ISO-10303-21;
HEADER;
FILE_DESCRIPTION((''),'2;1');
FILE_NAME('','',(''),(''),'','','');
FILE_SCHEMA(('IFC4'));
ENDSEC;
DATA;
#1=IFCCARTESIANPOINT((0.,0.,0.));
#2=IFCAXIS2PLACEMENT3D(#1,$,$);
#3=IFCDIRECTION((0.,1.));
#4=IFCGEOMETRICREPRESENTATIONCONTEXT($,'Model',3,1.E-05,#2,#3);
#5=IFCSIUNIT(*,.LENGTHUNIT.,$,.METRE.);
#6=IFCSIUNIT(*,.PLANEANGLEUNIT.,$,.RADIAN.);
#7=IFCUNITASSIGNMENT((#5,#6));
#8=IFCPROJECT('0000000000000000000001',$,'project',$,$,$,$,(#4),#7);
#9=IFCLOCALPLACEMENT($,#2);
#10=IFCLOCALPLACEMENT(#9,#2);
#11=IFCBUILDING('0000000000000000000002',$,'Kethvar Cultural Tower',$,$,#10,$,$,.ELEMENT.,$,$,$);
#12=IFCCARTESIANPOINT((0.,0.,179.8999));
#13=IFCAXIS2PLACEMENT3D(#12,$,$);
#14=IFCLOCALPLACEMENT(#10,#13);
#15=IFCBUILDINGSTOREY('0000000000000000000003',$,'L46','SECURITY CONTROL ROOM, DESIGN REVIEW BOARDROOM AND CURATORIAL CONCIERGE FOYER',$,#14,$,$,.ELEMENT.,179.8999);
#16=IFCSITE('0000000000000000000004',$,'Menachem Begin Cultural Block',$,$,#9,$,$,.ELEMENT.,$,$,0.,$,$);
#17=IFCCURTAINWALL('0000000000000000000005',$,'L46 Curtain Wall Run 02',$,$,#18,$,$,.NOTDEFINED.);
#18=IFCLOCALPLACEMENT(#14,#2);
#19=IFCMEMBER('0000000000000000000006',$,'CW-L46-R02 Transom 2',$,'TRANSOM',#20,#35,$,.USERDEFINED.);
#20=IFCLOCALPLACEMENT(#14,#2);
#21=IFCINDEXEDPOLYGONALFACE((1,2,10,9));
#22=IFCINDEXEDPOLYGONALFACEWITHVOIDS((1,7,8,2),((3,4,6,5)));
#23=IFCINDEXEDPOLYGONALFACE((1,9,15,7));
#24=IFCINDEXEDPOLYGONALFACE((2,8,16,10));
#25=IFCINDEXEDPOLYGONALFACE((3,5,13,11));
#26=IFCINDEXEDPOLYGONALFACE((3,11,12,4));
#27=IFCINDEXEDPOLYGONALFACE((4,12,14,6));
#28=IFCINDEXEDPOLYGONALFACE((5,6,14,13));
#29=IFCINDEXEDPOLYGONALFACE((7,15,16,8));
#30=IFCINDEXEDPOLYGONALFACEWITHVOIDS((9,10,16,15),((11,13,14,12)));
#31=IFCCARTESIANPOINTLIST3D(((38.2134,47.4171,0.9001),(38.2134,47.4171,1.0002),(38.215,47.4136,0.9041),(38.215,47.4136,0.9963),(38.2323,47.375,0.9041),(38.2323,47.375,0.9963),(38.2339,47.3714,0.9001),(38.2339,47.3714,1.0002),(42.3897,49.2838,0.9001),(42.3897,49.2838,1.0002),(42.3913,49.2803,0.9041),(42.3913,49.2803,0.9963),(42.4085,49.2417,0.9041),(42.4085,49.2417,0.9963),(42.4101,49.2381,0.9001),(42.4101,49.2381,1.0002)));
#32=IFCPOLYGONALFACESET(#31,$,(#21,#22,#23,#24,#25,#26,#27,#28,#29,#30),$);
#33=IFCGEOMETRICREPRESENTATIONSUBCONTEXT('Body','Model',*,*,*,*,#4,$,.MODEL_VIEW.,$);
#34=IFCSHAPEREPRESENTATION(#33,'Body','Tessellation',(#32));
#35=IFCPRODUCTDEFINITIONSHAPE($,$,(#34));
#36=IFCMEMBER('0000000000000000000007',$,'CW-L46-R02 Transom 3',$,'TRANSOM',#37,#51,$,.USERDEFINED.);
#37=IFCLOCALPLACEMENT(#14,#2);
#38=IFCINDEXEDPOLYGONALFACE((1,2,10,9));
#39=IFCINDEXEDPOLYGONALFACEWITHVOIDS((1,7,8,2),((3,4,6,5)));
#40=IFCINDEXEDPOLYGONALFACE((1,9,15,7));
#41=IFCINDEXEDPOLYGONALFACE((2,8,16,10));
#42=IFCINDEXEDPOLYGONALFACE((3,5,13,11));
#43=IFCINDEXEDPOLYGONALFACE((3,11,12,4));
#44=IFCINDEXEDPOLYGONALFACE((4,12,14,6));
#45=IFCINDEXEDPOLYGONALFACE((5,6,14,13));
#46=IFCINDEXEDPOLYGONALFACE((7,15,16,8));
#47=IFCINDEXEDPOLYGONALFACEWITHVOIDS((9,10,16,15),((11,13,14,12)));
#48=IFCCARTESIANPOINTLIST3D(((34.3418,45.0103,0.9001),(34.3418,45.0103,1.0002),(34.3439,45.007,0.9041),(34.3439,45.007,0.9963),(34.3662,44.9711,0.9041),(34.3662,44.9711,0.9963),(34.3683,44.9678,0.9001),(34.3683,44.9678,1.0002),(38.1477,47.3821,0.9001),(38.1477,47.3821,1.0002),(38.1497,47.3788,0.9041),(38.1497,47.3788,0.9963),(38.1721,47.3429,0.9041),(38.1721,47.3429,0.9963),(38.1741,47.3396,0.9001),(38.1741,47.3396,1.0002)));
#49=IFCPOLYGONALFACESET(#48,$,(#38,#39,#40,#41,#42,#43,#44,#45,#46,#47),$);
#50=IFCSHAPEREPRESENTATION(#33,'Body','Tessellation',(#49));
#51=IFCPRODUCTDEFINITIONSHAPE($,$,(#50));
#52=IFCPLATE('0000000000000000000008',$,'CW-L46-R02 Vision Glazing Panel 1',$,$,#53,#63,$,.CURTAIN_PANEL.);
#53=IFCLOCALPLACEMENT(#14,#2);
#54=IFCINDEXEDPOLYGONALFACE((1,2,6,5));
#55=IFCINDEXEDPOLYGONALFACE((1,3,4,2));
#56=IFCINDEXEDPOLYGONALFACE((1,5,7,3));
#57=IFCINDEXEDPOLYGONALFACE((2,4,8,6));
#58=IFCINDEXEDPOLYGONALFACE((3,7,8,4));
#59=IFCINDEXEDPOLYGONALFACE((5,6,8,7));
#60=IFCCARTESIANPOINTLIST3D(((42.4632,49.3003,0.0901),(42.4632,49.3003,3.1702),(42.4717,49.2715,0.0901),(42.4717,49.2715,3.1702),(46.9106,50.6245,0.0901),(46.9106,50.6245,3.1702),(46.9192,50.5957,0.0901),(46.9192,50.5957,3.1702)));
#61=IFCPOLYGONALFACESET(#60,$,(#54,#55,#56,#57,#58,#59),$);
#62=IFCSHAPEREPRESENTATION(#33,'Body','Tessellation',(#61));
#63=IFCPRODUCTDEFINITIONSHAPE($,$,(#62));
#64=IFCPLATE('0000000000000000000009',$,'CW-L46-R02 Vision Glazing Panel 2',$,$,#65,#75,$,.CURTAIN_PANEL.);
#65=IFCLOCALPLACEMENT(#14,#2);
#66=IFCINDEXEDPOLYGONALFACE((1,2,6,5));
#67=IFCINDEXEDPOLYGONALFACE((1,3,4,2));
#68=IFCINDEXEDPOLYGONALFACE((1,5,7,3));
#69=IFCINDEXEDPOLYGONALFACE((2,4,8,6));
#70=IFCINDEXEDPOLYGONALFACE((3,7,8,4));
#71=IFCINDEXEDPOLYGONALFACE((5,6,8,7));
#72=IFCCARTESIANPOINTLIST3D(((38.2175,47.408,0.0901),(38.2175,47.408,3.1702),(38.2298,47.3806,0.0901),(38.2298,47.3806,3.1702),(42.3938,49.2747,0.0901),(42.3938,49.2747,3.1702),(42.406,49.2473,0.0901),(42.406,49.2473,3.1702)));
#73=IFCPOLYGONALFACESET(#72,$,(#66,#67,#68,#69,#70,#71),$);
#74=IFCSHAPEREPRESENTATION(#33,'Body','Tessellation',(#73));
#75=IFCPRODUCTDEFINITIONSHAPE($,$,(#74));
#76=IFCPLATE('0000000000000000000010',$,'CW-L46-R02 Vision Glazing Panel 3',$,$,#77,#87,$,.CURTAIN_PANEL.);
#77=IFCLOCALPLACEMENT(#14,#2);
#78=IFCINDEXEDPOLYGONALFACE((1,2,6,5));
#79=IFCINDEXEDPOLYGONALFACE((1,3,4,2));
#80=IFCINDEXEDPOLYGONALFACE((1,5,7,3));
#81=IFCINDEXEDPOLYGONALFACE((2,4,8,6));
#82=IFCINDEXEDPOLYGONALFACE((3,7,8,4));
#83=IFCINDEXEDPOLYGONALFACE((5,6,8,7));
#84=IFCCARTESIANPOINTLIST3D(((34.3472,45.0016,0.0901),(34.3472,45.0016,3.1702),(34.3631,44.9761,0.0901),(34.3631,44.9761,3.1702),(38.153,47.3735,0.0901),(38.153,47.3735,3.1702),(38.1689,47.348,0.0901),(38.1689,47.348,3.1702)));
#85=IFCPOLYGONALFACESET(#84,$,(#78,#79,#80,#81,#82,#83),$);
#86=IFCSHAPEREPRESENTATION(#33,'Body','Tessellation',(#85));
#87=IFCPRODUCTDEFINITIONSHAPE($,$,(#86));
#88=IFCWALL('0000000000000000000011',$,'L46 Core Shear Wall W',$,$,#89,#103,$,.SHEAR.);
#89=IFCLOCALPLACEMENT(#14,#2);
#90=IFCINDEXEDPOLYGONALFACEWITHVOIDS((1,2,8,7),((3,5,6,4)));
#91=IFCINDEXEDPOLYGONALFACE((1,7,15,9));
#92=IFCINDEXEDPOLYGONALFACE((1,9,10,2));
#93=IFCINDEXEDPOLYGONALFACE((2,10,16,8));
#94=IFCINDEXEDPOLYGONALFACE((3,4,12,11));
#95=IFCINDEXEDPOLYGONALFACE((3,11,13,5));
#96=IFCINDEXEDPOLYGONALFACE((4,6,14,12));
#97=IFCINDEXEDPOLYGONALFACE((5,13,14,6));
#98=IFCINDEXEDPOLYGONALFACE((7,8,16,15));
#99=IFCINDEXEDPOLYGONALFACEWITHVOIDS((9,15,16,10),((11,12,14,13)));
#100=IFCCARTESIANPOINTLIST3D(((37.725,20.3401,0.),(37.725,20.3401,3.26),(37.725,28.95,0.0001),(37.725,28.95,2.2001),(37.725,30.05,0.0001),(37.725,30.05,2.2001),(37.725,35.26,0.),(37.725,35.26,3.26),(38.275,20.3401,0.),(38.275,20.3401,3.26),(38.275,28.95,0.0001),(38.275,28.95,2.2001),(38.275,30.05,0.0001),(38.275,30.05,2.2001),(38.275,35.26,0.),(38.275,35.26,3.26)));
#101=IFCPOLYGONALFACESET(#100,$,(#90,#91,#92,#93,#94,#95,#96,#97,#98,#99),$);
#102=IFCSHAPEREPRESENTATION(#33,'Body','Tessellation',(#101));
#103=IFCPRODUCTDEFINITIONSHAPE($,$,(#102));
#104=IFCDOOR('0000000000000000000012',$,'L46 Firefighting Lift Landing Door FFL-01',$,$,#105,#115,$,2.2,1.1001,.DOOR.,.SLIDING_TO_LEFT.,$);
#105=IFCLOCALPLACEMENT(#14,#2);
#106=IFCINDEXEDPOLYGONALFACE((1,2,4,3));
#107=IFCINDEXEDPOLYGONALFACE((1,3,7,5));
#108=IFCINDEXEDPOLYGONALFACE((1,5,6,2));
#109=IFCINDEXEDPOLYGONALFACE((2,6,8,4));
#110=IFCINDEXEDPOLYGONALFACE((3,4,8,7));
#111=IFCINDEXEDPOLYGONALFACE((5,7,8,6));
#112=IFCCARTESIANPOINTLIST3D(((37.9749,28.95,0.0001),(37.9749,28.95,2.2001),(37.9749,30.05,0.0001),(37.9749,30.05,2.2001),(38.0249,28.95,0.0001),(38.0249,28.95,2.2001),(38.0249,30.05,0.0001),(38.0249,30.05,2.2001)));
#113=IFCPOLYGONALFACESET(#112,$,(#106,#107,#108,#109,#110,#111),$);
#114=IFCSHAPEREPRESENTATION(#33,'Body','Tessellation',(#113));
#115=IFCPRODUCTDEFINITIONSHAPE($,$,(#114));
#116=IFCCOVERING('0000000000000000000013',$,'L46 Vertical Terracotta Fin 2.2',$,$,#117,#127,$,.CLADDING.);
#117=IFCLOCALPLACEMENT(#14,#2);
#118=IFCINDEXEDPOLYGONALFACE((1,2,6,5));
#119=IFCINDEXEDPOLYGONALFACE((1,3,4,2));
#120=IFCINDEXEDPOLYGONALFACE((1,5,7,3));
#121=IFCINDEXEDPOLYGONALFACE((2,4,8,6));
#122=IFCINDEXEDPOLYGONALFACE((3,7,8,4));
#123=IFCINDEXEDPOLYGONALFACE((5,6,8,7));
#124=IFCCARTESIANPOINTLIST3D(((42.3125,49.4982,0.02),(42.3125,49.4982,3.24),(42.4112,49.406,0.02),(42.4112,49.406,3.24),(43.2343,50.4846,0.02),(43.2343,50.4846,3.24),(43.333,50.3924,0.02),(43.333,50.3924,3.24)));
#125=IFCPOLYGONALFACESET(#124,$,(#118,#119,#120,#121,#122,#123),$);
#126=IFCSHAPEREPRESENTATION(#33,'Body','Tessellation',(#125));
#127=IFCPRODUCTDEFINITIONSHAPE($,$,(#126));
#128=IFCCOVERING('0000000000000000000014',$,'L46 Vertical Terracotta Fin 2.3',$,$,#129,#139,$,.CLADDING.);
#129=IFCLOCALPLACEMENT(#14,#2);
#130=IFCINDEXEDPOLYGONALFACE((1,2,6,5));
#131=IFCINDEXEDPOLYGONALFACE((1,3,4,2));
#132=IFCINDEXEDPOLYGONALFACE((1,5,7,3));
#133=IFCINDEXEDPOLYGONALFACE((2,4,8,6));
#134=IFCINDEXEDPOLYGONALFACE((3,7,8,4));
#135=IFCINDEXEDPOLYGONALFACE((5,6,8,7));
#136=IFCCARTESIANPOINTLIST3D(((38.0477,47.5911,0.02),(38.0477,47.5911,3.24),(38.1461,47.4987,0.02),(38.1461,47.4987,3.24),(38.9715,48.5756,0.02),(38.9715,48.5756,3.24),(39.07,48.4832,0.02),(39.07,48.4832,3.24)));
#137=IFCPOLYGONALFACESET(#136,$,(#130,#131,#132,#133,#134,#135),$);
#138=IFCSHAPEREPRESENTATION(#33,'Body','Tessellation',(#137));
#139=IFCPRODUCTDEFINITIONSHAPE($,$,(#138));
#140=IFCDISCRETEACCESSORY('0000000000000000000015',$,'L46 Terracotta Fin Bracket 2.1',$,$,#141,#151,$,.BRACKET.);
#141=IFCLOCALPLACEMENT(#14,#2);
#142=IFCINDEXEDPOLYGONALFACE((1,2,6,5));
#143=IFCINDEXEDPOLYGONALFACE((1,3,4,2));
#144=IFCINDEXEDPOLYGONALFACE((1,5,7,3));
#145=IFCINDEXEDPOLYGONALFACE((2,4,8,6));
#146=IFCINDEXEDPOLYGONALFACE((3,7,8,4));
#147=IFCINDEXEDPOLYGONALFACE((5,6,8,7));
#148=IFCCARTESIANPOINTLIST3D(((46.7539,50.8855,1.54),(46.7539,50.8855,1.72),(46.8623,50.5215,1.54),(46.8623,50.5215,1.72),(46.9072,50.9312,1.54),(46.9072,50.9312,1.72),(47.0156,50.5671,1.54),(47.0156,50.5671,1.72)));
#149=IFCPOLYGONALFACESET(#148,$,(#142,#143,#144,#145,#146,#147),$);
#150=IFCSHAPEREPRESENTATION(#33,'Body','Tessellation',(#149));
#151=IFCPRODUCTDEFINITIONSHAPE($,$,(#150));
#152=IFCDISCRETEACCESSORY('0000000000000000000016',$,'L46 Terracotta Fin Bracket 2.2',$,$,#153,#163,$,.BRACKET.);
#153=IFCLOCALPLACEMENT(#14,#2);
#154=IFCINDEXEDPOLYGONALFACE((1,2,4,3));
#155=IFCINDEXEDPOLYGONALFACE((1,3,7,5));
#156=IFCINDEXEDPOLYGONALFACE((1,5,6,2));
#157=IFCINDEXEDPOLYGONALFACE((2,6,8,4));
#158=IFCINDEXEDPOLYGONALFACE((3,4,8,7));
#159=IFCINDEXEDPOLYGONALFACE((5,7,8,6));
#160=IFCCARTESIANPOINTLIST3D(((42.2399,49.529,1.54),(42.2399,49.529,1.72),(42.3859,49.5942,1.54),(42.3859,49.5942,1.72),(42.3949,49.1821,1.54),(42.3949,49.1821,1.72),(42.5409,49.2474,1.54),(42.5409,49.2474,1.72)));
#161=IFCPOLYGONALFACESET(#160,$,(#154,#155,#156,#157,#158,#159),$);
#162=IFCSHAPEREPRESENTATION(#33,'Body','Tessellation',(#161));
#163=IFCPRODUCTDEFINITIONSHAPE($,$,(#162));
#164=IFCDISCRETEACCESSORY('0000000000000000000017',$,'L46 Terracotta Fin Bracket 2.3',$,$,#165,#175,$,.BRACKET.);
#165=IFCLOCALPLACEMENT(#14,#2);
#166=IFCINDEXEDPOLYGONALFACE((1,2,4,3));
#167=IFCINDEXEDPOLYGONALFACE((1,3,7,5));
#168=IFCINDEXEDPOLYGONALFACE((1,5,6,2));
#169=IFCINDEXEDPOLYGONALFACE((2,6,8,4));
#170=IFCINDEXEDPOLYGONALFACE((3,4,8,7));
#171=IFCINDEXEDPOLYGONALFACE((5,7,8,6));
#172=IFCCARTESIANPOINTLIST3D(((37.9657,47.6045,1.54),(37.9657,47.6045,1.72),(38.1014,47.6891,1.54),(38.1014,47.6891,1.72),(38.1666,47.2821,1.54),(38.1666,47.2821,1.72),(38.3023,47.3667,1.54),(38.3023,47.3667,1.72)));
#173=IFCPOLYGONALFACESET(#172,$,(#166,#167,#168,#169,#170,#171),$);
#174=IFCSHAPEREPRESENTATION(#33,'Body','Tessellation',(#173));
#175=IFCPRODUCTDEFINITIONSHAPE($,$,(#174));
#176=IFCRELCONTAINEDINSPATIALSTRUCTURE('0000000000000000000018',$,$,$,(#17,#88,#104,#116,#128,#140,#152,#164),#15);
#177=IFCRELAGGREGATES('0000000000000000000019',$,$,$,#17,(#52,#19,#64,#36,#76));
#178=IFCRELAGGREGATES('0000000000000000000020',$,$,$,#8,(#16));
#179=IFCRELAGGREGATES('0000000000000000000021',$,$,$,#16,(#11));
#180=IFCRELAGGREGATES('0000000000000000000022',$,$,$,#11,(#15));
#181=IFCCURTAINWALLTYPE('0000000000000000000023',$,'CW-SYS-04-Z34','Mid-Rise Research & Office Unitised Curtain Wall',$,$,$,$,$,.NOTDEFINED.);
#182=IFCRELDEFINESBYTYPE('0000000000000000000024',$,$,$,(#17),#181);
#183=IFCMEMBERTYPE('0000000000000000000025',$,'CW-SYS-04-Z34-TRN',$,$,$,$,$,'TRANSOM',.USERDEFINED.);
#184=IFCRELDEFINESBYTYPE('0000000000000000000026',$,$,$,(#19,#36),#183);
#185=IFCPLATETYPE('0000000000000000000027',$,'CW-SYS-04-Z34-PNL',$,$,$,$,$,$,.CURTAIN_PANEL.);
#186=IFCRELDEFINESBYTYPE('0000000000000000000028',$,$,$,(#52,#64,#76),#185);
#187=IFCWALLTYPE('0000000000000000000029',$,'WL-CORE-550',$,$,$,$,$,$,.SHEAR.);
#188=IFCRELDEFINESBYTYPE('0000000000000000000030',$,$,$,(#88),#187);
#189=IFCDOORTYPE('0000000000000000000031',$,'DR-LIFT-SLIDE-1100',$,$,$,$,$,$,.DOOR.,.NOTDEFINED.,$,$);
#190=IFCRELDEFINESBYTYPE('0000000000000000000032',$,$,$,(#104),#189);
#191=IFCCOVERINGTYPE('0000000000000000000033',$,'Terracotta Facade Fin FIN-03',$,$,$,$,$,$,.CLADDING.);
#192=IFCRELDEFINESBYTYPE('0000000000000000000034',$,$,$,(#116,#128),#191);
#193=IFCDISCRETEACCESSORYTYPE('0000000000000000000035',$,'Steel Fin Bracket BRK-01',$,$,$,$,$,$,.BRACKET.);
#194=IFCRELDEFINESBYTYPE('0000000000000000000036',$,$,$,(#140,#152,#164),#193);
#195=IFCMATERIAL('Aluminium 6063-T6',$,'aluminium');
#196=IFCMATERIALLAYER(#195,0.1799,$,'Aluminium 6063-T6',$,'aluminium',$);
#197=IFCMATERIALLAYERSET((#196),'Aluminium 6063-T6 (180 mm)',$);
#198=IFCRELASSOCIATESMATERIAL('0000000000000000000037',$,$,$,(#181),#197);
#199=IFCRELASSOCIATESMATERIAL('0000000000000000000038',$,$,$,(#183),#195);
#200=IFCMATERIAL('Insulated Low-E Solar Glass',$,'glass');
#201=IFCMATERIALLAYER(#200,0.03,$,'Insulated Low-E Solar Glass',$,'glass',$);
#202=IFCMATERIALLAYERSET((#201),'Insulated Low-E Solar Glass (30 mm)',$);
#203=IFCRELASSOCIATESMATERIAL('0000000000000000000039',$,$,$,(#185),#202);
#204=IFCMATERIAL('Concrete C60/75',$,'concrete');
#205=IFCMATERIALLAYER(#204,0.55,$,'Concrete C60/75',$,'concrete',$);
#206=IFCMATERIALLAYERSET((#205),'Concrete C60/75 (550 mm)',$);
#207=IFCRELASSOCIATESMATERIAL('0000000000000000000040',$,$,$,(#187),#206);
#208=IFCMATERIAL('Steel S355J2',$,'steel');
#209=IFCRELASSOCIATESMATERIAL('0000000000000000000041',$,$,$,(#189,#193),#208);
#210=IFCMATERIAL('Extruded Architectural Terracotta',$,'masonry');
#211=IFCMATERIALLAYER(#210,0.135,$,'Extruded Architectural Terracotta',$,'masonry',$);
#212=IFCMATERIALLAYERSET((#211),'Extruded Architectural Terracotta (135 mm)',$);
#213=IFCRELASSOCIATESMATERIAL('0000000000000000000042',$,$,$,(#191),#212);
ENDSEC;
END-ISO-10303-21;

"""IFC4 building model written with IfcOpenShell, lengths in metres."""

from ifc_helpers import new_model, si_unit, direction, frame, frame_2d, origin, origin_2d, place, context, subcontext, project, spatial, rectangle, hollow_rectangle, extrude, source, transform, mapped, material, layer, layer_set, material_profile, profile_set, type_object, element, fill, aggregate, save


model = new_model("IFC4")

# Units and contexts
model_context = context("Model", 3, precision=1e-05, world=origin(), true_north=direction((0.0, 1.0)))
body_context = subcontext(model_context, "Body", "Model", "MODEL_VIEW")
ifc_project = project(units=[si_unit("LENGTHUNIT", "METRE"), si_unit("PLANEANGLEUNIT", "RADIAN")], contexts=[model_context])

# Site, building, storey
site_placement = place(None, origin())
site = spatial("IfcSite", under=ifc_project, at=site_placement, Name="Menachem Begin Cultural Block", CompositionType="ELEMENT", RefElevation=0.0)
building_placement = place(site_placement, origin())
building = spatial("IfcBuilding", under=site, at=building_placement, Name="Kethvar Cultural Tower", CompositionType="ELEMENT")
storey_placement = place(building_placement, frame((0.0, 0.0, 179.8999)))
storey = spatial("IfcBuildingStorey", under=building, at=storey_placement, Name="L46", Description="SECURITY CONTROL ROOM, DESIGN REVIEW BOARDROOM AND CURATORIAL CONCIERGE FOYER", CompositionType="ELEMENT", Elevation=179.8999)

# Shared definitions
ifc_material_1 = material(Name="Steel S355J2", Category="steel")

# Curtain wall, members, plates
ifc_material_2 = material(Name="Aluminium 6063-T6", Category="aluminium")
ifc_layer_1 = layer(ifc_material_2, 0.1799, Name="Aluminium 6063-T6", Category="aluminium")
ifc_layer_set_1 = layer_set([ifc_layer_1], Name="Aluminium 6063-T6 (180 mm)")
curtain_wall_type = type_object("IfcCurtainWallType", Name="CW-SYS-04-Z34", Description="Mid-Rise Research & Office Unitised Curtain Wall", PredefinedType="NOTDEFINED", material=ifc_layer_set_1)
curtain_wall_placement = place(storey_placement, origin())
curtain_wall = element("IfcCurtainWall", 1, at=curtain_wall_placement, inside=storey, type_object=curtain_wall_type, Name="L46 Curtain Wall Run 02", PredefinedType="NOTDEFINED")
ifc_material_profile_1 = material_profile(ifc_material_2, hollow_rectangle(XDim=0.05, YDim=0.1001, WallThickness=0.0039, at=origin_2d()), Name="Aluminium 6063-T6 — RHS100x50x4")
ifc_profile_set_1 = profile_set([ifc_material_profile_1], Name="Aluminium 6063-T6 — RHS100x50x4")
member_type_1 = type_object("IfcMemberType", Name="CW-SYS-04-Z34-TRN", ElementType="TRANSOM", PredefinedType="USERDEFINED", material=ifc_profile_set_1)
shared_shape_1 = source(origin(), body_context, "Body", "SweptSolid", [
    extrude(hollow_rectangle(XDim=0.05, YDim=0.1001, WallThickness=0.0039, at=origin_2d()), origin(), (0.0, 0.0, 1.0), 4.5745),
])
member_1_placement = place(storey_placement, frame((42.3999, 49.261, 0.9502), z_axis=(-0.912951, -0.408069, 0.0), x_axis=(0.408069, -0.912951, 0.0)))
member_1 = element("IfcMember", 2, at=member_1_placement, type_object=member_type_1, Name="CW-L46-R02 Transom 2", ObjectType="TRANSOM", PredefinedType="USERDEFINED", context=body_context, shape_type="MappedRepresentation", body=[
    mapped(shared_shape_1, transform((0.0, 0.0, 0.0), scale=1.0)),
])
shared_shape_2 = source(origin(), body_context, "Body", "SweptSolid", [
    extrude(hollow_rectangle(XDim=0.05, YDim=0.1001, WallThickness=0.0039, at=origin_2d()), origin(), (0.0, 0.0, 1.0), 4.4844),
])
member_2_placement = place(storey_placement, frame((38.1609, 47.3608, 0.9502), z_axis=(-0.848686, -0.528897, 0.0), x_axis=(0.528897, -0.848686, 0.0)))
member_2 = element("IfcMember", 3, at=member_2_placement, type_object=member_type_1, Name="CW-L46-R02 Transom 3", ObjectType="TRANSOM", PredefinedType="USERDEFINED", context=body_context, shape_type="MappedRepresentation", body=[
    mapped(shared_shape_2, transform((0.0, 0.0, 0.0), scale=1.0)),
])
ifc_material_3 = material(Name="Insulated Low-E Solar Glass", Category="glass")
ifc_layer_2 = layer(ifc_material_3, 0.03, Name="Insulated Low-E Solar Glass", Category="glass")
ifc_layer_set_2 = layer_set([ifc_layer_2], Name="Insulated Low-E Solar Glass (30 mm)")
plate_type = type_object("IfcPlateType", Name="CW-SYS-04-Z34-PNL", PredefinedType="CURTAIN_PANEL", material=ifc_layer_set_2)
shared_shape_3 = source(origin(), body_context, "Body", "SweptSolid", [
    extrude(rectangle(XDim=4.6404, YDim=0.03, at=origin_2d()), origin(), (0.0, 0.0, 1.0), 3.0801),
])
plate_1_placement = place(storey_placement, frame((44.6912, 49.948, 0.0901), z_axis=(0.0, 0.0, 1.0), x_axis=(-0.958417, -0.285371, 0.0)))
plate_1 = element("IfcPlate", 4, at=plate_1_placement, type_object=plate_type, Name="CW-L46-R02 Vision Glazing Panel 1", PredefinedType="CURTAIN_PANEL", context=body_context, shape_type="MappedRepresentation", body=[
    mapped(shared_shape_3, transform((0.0, 0.0, 0.0), scale=1.0)),
])
shared_shape_4 = source(origin(), body_context, "Body", "SweptSolid", [
    extrude(rectangle(XDim=4.5745, YDim=0.03, at=origin_2d()), origin(), (0.0, 0.0, 1.0), 3.0801),
])
plate_2_placement = place(storey_placement, frame((40.3118, 48.3276, 0.0901), z_axis=(0.0, 0.0, 1.0), x_axis=(-0.912955, -0.40806, 0.0)))
plate_2 = element("IfcPlate", 5, at=plate_2_placement, type_object=plate_type, Name="CW-L46-R02 Vision Glazing Panel 2", PredefinedType="CURTAIN_PANEL", context=body_context, shape_type="MappedRepresentation", body=[
    mapped(shared_shape_4, transform((0.0, 0.0, 0.0), scale=1.0)),
])
shared_shape_5 = source(origin(), body_context, "Body", "SweptSolid", [
    extrude(rectangle(XDim=4.4844, YDim=0.03, at=origin_2d()), origin(), (0.0, 0.0, 1.0), 3.0801),
])
plate_3_placement = place(storey_placement, frame((36.2581, 46.1748, 0.0901), z_axis=(0.0, 0.0, 1.0), x_axis=(-0.848667, -0.528927, 0.0)))
plate_3 = element("IfcPlate", 6, at=plate_3_placement, type_object=plate_type, Name="CW-L46-R02 Vision Glazing Panel 3", PredefinedType="CURTAIN_PANEL", context=body_context, shape_type="MappedRepresentation", body=[
    mapped(shared_shape_5, transform((0.0, 0.0, 0.0), scale=1.0)),
])
aggregate(curtain_wall, [plate_1, member_1, plate_2, member_2, plate_3])

# Wall, opening, door
ifc_material_4 = material(Name="Concrete C60/75", Category="concrete")
ifc_layer_3 = layer(ifc_material_4, 0.55, Name="Concrete C60/75", Category="concrete")
ifc_layer_set_3 = layer_set([ifc_layer_3], Name="Concrete C60/75 (550 mm)")
wall_type = type_object("IfcWallType", Name="WL-CORE-550", PredefinedType="SHEAR", material=ifc_layer_set_3)
wall_placement = place(storey_placement, frame((38.0, 35.26, 0.0), z_axis=(0.0, 0.0, 1.0), x_axis=(0.0, -1.0, 0.0)))
wall = element("IfcWall", 7, at=wall_placement, inside=storey, type_object=wall_type, Name="L46 Core Shear Wall W", PredefinedType="SHEAR", context=body_context, shape_type="SweptSolid", body=[
    extrude(rectangle(XDim=14.9199, YDim=0.55, at=frame_2d((7.46, 0.0))), origin(), (0.0, 0.0, 1.0), 3.26),
])
opening_placement = place(wall_placement, frame((5.21, 0.0, 0.0)))
opening = element("IfcOpeningElement", 8, at=opening_placement, cuts=wall, PredefinedType="OPENING", context=body_context, shape_type="SweptSolid", body=[
    extrude(rectangle(XDim=1.1001, YDim=2.2, at=frame_2d((0.55, 1.1001))), frame((0.0, 0.2849, 0.0), z_axis=(0.0, -1.0, 0.0), x_axis=(1.0, 0.0, 0.0)), (0.0, 0.0, 1.0), 0.5701),
])
door_type = type_object("IfcDoorType", Name="DR-LIFT-SLIDE-1100", OperationType="NOTDEFINED", PredefinedType="DOOR", material=ifc_material_1)
shared_shape_6 = source(origin(), body_context, "Body", "SweptSolid", [
    extrude(rectangle(XDim=1.1001, YDim=2.2, at=frame_2d((0.55, 1.1001))), frame((0.0, 0.0249, 0.0), z_axis=(0.0, -1.0, 0.0), x_axis=(1.0, 0.0, 0.0)), (0.0, 0.0, 1.0), 0.05),
])
door_placement = place(opening_placement, origin())
door = element("IfcDoor", 9, at=door_placement, inside=storey, type_object=door_type, Name="L46 Firefighting Lift Landing Door FFL-01", OperationType="SLIDING_TO_LEFT", OverallHeight=2.2, OverallWidth=1.1001, PredefinedType="DOOR", context=body_context, shape_type="MappedRepresentation", body=[
    mapped(shared_shape_6, transform((0.0, 0.0, 0.0), scale=1.0)),
])
fill(opening, door)

# Coverings
ifc_material_5 = material(Name="Extruded Architectural Terracotta", Category="masonry")
ifc_layer_4 = layer(ifc_material_5, 0.135, Name="Extruded Architectural Terracotta", Category="masonry")
ifc_layer_set_4 = layer_set([ifc_layer_4], Name="Extruded Architectural Terracotta (135 mm)")
covering_type = type_object("IfcCoveringType", Name="Terracotta Facade Fin FIN-03", PredefinedType="CLADDING", material=ifc_layer_set_4)
shared_shape_7 = source(origin(), body_context, "Body", "SweptSolid", [
    extrude(rectangle(XDim=1.3501, YDim=0.135, at=origin_2d()), origin(), (0.0, 0.0, 1.0), 3.22),
])
for number, where, z_axis, x_axis, name in (
    (10, (42.8228, 49.9453, 0.02), (0.0, 0.0, 1.0), (0.682764, 0.730639, 0.0), "L46 Vertical Terracotta Fin 2.2"),
    (11, (38.5588, 48.0371, 0.02), (0.0, 0.0, 1.0), (0.684293, 0.729208, 0.0), "L46 Vertical Terracotta Fin 2.3"),
):
    element("IfcCovering", number, at=place(storey_placement, frame(where, z_axis=z_axis, x_axis=x_axis)), inside=storey, type_object=covering_type, Name=name, PredefinedType="CLADDING", context=body_context, shape_type="MappedRepresentation", body=[
        mapped(shared_shape_7, transform((0.0, 0.0, 0.0), scale=1.0)),
    ])

# Discrete accessories
discrete_accessory_type = type_object("IfcDiscreteAccessoryType", Name="Steel Fin Bracket BRK-01", PredefinedType="BRACKET", material=ifc_material_1)
shared_shape_8 = source(origin(), body_context, "Body", "SweptSolid", [
    extrude(rectangle(XDim=0.3799, YDim=0.1599, at=origin_2d()), origin(), (0.0, 0.0, 1.0), 0.1799),
])
for number, where, z_axis, x_axis, name in (
    (12, (46.8848, 50.7263, 1.54), (0.0, 0.0, 1.0), (-0.285354, 0.958422, 0.0), "L46 Terracotta Fin Bracket 2.1"),
    (13, (42.3904, 49.3882, 1.54), (0.0, 0.0, 1.0), (-0.408012, 0.912977, 0.0), "L46 Terracotta Fin Bracket 2.2"),
    (14, (38.134, 47.4856, 1.54), (0.0, 0.0, 1.0), (-0.528883, 0.848695, 0.0), "L46 Terracotta Fin Bracket 2.3"),
):
    element("IfcDiscreteAccessory", number, at=place(storey_placement, frame(where, z_axis=z_axis, x_axis=x_axis)), inside=storey, type_object=discrete_accessory_type, Name=name, PredefinedType="BRACKET", context=body_context, shape_type="MappedRepresentation", body=[
        mapped(shared_shape_8, transform((0.0, 0.0, 0.0), scale=1.0)),
    ])

save(model, "model.ifc")
